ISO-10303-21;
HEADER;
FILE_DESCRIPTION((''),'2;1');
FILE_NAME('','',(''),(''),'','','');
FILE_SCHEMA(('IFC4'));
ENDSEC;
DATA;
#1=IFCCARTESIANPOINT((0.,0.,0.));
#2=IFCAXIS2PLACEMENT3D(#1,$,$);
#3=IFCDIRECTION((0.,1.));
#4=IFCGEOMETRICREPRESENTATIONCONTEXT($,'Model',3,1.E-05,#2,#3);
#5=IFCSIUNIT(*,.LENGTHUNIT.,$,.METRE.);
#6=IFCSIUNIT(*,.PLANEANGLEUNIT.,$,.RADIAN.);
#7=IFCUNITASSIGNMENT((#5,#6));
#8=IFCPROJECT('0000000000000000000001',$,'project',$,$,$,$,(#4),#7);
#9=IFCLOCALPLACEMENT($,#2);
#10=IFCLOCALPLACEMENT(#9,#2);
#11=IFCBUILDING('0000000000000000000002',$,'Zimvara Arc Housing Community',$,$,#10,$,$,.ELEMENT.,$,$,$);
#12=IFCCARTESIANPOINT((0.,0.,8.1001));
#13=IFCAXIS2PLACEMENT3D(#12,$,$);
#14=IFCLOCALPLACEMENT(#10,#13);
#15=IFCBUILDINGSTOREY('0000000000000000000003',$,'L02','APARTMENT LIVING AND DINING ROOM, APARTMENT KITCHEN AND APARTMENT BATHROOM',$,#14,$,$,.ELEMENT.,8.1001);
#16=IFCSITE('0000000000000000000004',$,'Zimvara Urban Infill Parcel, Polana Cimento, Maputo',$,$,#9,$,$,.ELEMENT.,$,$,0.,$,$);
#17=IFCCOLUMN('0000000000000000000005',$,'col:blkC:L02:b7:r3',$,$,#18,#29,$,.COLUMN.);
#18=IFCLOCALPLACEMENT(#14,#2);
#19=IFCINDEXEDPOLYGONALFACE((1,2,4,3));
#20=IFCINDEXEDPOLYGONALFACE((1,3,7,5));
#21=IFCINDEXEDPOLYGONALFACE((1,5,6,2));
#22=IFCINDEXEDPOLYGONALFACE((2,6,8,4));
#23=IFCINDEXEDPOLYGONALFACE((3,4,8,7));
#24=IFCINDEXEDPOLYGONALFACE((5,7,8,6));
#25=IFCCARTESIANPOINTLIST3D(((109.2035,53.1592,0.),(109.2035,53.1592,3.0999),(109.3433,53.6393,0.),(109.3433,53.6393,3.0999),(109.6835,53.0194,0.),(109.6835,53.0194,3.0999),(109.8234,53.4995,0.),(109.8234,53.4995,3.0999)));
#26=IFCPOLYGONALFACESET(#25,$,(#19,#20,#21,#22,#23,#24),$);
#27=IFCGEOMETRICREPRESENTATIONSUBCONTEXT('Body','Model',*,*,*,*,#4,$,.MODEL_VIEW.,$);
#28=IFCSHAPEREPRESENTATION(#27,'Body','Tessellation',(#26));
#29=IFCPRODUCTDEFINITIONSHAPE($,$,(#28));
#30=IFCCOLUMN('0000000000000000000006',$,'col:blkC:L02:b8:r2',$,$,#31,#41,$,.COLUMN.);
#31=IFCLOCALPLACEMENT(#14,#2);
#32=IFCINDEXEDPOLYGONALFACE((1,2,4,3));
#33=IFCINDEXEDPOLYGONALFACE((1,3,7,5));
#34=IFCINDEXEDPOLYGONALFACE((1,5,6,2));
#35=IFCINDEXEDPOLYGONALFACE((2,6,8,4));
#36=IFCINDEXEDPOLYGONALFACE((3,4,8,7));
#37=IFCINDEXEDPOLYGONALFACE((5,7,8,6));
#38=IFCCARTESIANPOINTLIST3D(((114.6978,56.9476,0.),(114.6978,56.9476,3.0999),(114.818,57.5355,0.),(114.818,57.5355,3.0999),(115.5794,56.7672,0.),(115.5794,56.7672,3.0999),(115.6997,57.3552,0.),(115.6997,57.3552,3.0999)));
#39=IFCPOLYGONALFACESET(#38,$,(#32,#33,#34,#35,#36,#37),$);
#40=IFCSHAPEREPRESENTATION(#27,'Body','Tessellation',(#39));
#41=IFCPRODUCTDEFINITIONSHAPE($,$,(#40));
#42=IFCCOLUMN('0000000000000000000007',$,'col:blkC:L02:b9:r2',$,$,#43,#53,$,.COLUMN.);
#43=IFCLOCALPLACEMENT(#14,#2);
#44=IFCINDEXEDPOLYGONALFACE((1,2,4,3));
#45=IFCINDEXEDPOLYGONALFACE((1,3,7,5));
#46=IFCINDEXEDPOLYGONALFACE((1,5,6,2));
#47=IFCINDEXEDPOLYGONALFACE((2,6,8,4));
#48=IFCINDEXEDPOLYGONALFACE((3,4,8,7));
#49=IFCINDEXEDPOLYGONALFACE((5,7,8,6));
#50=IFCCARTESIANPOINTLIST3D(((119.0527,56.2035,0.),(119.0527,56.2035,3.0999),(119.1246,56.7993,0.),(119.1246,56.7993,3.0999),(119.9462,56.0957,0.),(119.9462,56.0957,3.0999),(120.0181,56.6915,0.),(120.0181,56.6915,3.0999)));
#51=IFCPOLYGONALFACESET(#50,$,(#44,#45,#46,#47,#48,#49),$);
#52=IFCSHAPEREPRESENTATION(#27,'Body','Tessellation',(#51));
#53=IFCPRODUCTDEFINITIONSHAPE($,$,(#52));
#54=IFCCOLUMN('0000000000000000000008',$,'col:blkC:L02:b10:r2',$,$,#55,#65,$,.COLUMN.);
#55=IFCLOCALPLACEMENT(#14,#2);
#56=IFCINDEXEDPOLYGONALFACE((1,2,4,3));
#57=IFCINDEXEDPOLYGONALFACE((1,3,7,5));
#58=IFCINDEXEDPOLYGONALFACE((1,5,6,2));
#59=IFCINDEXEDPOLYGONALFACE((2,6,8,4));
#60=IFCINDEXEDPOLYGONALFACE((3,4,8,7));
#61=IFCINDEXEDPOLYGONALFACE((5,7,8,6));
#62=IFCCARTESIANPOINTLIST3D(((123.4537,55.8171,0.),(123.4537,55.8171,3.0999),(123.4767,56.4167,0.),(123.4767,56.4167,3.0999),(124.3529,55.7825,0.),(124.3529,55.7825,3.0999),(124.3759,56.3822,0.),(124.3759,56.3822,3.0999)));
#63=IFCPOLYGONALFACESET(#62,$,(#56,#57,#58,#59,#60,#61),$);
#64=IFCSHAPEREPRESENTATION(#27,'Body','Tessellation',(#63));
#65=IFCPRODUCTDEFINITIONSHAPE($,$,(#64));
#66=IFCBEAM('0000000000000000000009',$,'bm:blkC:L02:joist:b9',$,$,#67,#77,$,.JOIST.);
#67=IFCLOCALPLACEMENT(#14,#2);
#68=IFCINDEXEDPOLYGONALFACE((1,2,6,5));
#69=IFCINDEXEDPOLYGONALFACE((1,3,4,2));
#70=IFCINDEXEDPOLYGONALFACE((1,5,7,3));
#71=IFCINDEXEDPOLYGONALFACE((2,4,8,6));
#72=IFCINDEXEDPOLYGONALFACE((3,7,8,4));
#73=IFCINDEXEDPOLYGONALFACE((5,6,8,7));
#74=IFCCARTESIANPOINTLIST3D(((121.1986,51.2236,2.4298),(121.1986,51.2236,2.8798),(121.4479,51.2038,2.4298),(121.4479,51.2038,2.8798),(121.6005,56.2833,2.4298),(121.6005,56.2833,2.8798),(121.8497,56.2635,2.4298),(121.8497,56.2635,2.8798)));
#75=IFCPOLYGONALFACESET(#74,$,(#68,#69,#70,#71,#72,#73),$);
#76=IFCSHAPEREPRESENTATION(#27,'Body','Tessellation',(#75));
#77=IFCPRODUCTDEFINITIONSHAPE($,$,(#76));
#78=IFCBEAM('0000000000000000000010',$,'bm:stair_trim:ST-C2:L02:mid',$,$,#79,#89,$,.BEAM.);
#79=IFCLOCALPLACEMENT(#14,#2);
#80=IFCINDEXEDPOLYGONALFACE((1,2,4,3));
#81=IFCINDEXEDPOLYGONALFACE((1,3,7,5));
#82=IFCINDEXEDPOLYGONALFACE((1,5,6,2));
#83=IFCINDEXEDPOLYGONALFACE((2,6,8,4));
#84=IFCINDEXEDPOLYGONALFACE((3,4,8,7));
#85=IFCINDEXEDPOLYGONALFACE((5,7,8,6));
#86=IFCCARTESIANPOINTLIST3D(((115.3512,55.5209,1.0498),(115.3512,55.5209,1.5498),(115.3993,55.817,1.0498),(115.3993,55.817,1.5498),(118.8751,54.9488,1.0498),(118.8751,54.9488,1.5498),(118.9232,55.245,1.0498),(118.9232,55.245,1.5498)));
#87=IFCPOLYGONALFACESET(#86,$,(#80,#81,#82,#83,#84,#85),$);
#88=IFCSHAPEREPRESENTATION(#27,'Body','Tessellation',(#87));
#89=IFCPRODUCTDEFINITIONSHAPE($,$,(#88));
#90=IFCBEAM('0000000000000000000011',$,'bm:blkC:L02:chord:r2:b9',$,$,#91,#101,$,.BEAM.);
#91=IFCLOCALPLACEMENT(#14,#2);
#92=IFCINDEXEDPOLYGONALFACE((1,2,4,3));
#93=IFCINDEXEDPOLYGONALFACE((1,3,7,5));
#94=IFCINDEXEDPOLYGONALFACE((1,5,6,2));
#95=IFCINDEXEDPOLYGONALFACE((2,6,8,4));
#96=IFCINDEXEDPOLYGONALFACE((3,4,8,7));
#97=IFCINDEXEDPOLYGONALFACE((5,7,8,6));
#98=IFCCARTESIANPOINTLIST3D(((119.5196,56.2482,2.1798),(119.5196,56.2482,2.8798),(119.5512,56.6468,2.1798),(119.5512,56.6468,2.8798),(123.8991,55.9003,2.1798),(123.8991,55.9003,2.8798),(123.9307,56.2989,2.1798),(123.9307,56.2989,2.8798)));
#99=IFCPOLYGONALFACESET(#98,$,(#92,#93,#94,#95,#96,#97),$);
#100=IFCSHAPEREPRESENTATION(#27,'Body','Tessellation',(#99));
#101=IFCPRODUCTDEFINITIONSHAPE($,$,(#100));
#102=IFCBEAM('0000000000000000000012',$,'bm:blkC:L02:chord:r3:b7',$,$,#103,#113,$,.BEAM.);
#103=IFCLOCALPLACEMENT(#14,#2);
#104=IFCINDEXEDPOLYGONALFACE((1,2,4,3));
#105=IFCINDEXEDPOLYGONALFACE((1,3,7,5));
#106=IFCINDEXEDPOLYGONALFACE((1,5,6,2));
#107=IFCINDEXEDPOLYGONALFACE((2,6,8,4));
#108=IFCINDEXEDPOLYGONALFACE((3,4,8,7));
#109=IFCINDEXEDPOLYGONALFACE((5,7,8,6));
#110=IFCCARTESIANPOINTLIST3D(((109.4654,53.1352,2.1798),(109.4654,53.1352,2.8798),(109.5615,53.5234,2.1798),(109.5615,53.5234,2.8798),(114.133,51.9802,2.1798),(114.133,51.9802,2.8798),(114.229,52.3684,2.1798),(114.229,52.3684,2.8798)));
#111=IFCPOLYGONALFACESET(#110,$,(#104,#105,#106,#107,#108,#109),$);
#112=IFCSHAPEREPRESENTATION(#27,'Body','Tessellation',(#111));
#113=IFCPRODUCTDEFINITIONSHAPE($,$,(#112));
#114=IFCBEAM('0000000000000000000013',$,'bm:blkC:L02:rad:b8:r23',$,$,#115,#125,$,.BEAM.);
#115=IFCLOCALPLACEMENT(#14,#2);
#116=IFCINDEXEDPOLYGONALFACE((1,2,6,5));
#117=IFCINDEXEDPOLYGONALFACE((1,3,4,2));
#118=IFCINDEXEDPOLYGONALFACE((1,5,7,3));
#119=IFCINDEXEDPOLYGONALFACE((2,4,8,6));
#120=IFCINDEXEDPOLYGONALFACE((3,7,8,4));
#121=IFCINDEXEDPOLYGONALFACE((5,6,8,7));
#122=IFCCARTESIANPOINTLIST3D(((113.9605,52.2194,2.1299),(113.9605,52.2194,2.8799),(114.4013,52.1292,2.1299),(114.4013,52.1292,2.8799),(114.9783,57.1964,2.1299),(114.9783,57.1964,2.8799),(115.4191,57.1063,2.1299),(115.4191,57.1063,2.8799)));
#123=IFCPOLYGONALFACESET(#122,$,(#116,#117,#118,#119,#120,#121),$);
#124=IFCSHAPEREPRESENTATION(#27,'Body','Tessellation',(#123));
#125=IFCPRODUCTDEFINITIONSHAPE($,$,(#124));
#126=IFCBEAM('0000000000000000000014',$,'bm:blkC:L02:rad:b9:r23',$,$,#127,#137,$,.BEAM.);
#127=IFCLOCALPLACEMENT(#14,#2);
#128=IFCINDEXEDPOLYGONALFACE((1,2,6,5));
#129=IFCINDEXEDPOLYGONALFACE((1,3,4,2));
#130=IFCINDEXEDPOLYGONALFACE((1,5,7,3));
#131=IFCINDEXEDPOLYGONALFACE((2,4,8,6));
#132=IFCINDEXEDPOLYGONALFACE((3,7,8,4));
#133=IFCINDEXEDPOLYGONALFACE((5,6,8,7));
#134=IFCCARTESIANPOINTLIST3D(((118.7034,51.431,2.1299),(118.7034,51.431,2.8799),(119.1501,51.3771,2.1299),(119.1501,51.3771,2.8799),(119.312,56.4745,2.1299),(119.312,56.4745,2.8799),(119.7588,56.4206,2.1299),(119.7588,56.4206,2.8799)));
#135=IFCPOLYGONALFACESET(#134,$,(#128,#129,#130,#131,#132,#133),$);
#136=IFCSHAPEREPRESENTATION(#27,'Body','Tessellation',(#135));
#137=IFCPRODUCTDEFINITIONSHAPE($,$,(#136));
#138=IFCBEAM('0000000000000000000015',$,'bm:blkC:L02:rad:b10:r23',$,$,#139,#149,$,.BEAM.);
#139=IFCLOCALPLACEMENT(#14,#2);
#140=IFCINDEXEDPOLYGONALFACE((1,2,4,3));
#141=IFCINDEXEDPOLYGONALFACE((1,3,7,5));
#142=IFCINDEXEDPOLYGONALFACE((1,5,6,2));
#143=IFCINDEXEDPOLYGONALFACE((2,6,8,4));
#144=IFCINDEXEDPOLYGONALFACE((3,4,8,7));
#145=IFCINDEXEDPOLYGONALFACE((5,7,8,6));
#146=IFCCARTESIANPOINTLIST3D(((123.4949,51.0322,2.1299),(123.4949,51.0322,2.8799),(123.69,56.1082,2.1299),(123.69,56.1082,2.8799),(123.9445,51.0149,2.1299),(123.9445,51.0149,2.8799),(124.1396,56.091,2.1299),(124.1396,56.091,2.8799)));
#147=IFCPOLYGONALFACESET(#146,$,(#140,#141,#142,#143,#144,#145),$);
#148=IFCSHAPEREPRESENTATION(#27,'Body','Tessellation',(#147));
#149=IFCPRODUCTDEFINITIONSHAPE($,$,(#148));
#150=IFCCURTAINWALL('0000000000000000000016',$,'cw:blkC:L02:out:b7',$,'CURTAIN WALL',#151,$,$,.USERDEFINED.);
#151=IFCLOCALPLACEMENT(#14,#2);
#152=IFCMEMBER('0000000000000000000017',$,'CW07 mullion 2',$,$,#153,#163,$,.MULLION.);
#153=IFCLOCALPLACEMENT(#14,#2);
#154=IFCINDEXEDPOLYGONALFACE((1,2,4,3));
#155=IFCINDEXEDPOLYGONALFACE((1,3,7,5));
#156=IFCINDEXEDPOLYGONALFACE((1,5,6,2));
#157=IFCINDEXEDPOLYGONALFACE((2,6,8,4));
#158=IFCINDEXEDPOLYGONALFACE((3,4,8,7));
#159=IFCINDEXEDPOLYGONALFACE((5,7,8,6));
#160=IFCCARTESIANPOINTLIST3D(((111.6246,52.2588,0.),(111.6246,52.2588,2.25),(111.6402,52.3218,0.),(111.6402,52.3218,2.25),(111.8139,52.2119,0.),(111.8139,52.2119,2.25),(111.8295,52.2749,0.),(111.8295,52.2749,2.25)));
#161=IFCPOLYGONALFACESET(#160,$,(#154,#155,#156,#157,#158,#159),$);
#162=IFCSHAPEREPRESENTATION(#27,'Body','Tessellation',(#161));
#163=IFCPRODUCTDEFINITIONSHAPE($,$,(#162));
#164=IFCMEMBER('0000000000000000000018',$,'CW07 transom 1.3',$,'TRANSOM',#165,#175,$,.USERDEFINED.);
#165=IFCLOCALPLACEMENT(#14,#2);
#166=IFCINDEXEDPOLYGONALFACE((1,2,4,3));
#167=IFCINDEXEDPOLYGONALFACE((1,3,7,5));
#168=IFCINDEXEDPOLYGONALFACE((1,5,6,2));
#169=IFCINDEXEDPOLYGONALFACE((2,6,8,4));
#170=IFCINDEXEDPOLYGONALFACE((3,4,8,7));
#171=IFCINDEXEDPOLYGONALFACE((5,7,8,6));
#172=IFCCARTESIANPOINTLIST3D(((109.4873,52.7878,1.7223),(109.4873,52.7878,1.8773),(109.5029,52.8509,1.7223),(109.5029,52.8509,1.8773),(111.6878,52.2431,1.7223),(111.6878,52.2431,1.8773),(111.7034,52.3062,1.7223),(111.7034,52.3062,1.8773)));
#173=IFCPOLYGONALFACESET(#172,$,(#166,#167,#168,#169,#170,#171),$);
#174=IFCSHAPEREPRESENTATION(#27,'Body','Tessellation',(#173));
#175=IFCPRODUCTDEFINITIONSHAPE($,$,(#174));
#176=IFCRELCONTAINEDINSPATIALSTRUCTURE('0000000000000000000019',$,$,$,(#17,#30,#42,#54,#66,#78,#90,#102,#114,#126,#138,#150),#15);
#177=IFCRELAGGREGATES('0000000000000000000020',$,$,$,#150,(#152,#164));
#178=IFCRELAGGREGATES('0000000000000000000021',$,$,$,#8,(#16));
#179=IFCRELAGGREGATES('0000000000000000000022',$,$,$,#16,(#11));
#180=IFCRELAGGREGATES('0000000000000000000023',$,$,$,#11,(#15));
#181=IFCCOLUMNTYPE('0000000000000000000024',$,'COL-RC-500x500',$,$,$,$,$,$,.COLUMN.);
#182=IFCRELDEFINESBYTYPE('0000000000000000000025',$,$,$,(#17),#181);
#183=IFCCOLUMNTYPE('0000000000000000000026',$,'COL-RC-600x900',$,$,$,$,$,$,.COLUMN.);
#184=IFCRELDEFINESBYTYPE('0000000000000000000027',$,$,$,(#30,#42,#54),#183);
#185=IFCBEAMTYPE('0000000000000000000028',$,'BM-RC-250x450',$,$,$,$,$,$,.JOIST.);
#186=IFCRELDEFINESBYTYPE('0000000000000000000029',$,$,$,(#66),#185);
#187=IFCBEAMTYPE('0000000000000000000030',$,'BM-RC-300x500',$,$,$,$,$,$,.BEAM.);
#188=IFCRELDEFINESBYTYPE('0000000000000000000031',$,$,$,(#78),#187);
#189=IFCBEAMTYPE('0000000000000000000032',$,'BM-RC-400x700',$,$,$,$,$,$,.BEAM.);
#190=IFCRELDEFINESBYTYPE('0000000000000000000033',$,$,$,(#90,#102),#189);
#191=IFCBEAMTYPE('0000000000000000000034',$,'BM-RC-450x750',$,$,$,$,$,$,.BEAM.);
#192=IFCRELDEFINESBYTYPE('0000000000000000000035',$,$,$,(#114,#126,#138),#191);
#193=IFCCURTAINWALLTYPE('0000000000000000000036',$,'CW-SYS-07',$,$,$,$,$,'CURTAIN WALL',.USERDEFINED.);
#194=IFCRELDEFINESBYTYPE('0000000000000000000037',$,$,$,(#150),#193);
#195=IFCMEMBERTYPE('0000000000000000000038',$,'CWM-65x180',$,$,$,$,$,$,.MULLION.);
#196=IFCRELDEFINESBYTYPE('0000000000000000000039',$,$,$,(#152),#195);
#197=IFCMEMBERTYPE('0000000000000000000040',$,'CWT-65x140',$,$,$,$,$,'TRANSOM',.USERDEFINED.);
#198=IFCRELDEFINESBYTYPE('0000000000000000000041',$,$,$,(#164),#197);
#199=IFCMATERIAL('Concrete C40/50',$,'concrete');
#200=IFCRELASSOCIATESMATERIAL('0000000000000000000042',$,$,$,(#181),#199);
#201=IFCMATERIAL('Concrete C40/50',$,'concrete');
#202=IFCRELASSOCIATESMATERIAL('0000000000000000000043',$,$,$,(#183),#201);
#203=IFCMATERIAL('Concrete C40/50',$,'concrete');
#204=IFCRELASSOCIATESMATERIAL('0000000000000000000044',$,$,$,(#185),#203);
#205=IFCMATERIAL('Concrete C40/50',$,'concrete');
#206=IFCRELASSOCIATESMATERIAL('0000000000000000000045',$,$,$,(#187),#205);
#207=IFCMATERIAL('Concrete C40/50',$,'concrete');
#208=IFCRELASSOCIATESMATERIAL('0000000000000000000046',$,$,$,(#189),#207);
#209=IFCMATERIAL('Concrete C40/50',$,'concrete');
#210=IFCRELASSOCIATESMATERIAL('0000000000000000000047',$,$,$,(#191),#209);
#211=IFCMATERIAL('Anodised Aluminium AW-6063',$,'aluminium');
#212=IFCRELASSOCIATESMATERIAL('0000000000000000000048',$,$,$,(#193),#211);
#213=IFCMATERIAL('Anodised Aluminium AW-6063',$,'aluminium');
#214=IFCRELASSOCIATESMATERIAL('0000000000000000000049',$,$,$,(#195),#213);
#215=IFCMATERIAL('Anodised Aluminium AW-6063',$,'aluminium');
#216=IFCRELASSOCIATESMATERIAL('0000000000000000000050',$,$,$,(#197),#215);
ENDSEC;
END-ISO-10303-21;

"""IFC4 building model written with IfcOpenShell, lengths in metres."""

from ifc_helpers import new_model, si_unit, direction, frame, origin, origin_2d, place, context, subcontext, project, spatial, rectangle, extrude, material, material_profile, profile_set, type_object, element, aggregate, save


model = new_model("IFC4")

# Units and contexts
model_context = context("Model", 3, precision=1e-05, world=origin(), true_north=direction((0.0, 1.0)))
body_context = subcontext(model_context, "Body", "Model", "MODEL_VIEW")
ifc_project = project(units=[si_unit("LENGTHUNIT", "METRE"), si_unit("PLANEANGLEUNIT", "RADIAN")], contexts=[model_context])

# Site, building, storey
site_placement = place(None, origin())
site = spatial("IfcSite", under=ifc_project, at=site_placement, Name="Zimvara Urban Infill Parcel, Polana Cimento, Maputo", CompositionType="ELEMENT", RefElevation=0.0)
building_placement = place(site_placement, origin())
building = spatial("IfcBuilding", under=site, at=building_placement, Name="Zimvara Arc Housing Community", CompositionType="ELEMENT")
storey_placement = place(building_placement, frame((0.0, 0.0, 8.1001)))
storey = spatial("IfcBuildingStorey", under=building, at=storey_placement, Name="L02", Description="APARTMENT LIVING AND DINING ROOM, APARTMENT KITCHEN AND APARTMENT BATHROOM", CompositionType="ELEMENT", Elevation=8.1001)

# Columns
ifc_material_1 = material(Name="Concrete C40/50", Category="concrete")
ifc_material_profile_1 = material_profile(ifc_material_1, rectangle(XDim=0.5, YDim=0.5, at=origin_2d()), Name="RC 500x500")
ifc_profile_set_1 = profile_set([ifc_material_profile_1], Name="Concrete C40/50")
column_type_1 = type_object("IfcColumnType", Name="COL-RC-500x500", PredefinedType="COLUMN", material=ifc_profile_set_1)
column_placement = place(storey_placement, frame((109.5134, 53.3293, 0.0), z_axis=(0.0, 0.0, 1.0), x_axis=(-0.279661, -0.960099, 0.0)))
element("IfcColumn", 1, at=column_placement, inside=storey, type_object=column_type_1, Name="col:blkC:L02:b7:r3", PredefinedType="COLUMN", context=body_context, shape_type="SweptSolid", body=[
    extrude(rectangle(XDim=0.5, YDim=0.5, at=origin_2d()), origin(), (0.0, 0.0, 1.0), 3.0999),
])
ifc_material_2 = material(Name="Concrete C40/50", Category="concrete")
ifc_material_profile_2 = material_profile(ifc_material_2, rectangle(XDim=0.6001, YDim=0.8999, at=origin_2d()), Name="RC 600x900")
ifc_profile_set_2 = profile_set([ifc_material_profile_2], Name="Concrete C40/50")
column_type_2 = type_object("IfcColumnType", Name="COL-RC-600x900", PredefinedType="COLUMN", material=ifc_profile_set_2)
for number, where, z_axis, x_axis, name in (
    (2, (115.1987, 57.1514, 0.0), (0.0, 0.0, 1.0), (-0.200394, -0.979715, 0.0), "col:blkC:L02:b8:r2"),
    (3, (119.5354, 56.4475, 0.0), (0.0, 0.0, 1.0), (-0.11979, -0.992799, 0.0), "col:blkC:L02:b9:r2"),
    (4, (123.9148, 56.0996, 0.0), (0.0, 0.0, 1.0), (-0.038388, -0.999263, 0.0), "col:blkC:L02:b10:r2"),
):
    element("IfcColumn", number, at=place(storey_placement, frame(where, z_axis=z_axis, x_axis=x_axis)), inside=storey, type_object=column_type_2, Name=name, PredefinedType="COLUMN", context=body_context, shape_type="SweptSolid", body=[
        extrude(rectangle(XDim=0.6001, YDim=0.8999, at=origin_2d()), origin(), (0.0, 0.0, 1.0), 3.0999),
    ])

# Beams
ifc_material_3 = material(Name="Concrete C40/50", Category="concrete")
ifc_material_profile_3 = material_profile(ifc_material_3, rectangle(XDim=0.25, YDim=0.45, at=origin_2d()), Name="RC 250x450")
ifc_profile_set_3 = profile_set([ifc_material_profile_3], Name="Concrete C40/50")
beam_type_1 = type_object("IfcBeamType", Name="BM-RC-250x450", PredefinedType="JOIST", material=ifc_profile_set_3)
beam_1_placement = place(storey_placement, frame((121.7251, 56.2734, 2.6548), z_axis=(-0.079172, -0.996861, 0.0), x_axis=(0.996861, -0.079172, 0.0)))
element("IfcBeam", 5, at=beam_1_placement, inside=storey, type_object=beam_type_1, Name="bm:blkC:L02:joist:b9", PredefinedType="JOIST", context=body_context, shape_type="SweptSolid", body=[
    extrude(rectangle(XDim=0.25, YDim=0.45, at=origin_2d()), origin(), (0.0, 0.0, 1.0), 5.0757),
])
ifc_material_4 = material(Name="Concrete C40/50", Category="concrete")
ifc_material_profile_4 = material_profile(ifc_material_4, rectangle(XDim=0.3, YDim=0.5, at=origin_2d()), Name="RC 300x500")
ifc_profile_set_4 = profile_set([ifc_material_profile_4], Name="Concrete C40/50")
beam_type_2 = type_object("IfcBeamType", Name="BM-RC-300x500", PredefinedType="BEAM", material=ifc_profile_set_4)
beam_2_placement = place(storey_placement, frame((115.3752, 55.6689, 1.2998), z_axis=(0.98708, -0.160228, 0.0), x_axis=(0.160228, 0.98708, 0.0)))
element("IfcBeam", 6, at=beam_2_placement, inside=storey, type_object=beam_type_2, Name="bm:stair_trim:ST-C2:L02:mid", PredefinedType="BEAM", context=body_context, shape_type="SweptSolid", body=[
    extrude(rectangle(XDim=0.3, YDim=0.5, at=origin_2d()), origin(), (0.0, 0.0, 1.0), 3.5701),
])
ifc_material_5 = material(Name="Concrete C40/50", Category="concrete")
ifc_material_profile_5 = material_profile(ifc_material_5, rectangle(XDim=0.3999, YDim=0.7, at=origin_2d()), Name="RC 400x700")
ifc_profile_set_5 = profile_set([ifc_material_profile_5], Name="Concrete C40/50")
beam_type_3 = type_object("IfcBeamType", Name="BM-RC-400x700", PredefinedType="BEAM", material=ifc_profile_set_5)
beam_3_placement = place(storey_placement, frame((119.5354, 56.4475, 2.5298), z_axis=(0.996859, -0.079191, 0.0), x_axis=(0.079191, 0.996859, 0.0)))
element("IfcBeam", 7, at=beam_3_placement, inside=storey, type_object=beam_type_3, Name="bm:blkC:L02:chord:r2:b9", PredefinedType="BEAM", context=body_context, shape_type="SweptSolid", body=[
    extrude(rectangle(XDim=0.3999, YDim=0.7, at=origin_2d()), origin(), (0.0, 0.0, 1.0), 4.3933),
])
beam_4_placement = place(storey_placement, frame((109.5134, 53.3293, 2.5298), z_axis=(0.970719, -0.240217, 0.0), x_axis=(0.240217, 0.970719, 0.0)))
element("IfcBeam", 8, at=beam_4_placement, inside=storey, type_object=beam_type_3, Name="bm:blkC:L02:chord:r3:b7", PredefinedType="BEAM", context=body_context, shape_type="SweptSolid", body=[
    extrude(rectangle(XDim=0.3999, YDim=0.7, at=origin_2d()), origin(), (0.0, 0.0, 1.0), 4.8083),
])
ifc_material_6 = material(Name="Concrete C40/50", Category="concrete")
ifc_material_profile_6 = material_profile(ifc_material_6, rectangle(XDim=0.45, YDim=0.75, at=origin_2d()), Name="RC 450x750")
ifc_profile_set_6 = profile_set([ifc_material_profile_6], Name="Concrete C40/50")
beam_type_4 = type_object("IfcBeamType", Name="BM-RC-450x750", PredefinedType="BEAM", material=ifc_profile_set_6)
for number, where, z_axis, x_axis, name in (
    (9, (115.1987, 57.1514, 2.5049), (-0.200356, -0.979723, 0.0), (0.979723, -0.200356, 0.0), "bm:blkC:L02:rad:b8:r23"),
    (10, (119.5354, 56.4475, 2.5049), (-0.11981, -0.992797, 0.0), (0.992797, -0.11981, 0.0), "bm:blkC:L02:rad:b9:r23"),
):
    element("IfcBeam", number, at=place(storey_placement, frame(where, z_axis=z_axis, x_axis=x_axis)), inside=storey, type_object=beam_type_4, Name=name, PredefinedType="BEAM", context=body_context, shape_type="SweptSolid", body=[
        extrude(rectangle(XDim=0.45, YDim=0.75, at=origin_2d()), origin(), (0.0, 0.0, 1.0), 5.0801),
    ])
beam_5_placement = place(storey_placement, frame((123.9148, 56.0996, 2.5049), z_axis=(-0.0384, -0.999262, 0.0), x_axis=(0.999262, -0.0384, 0.0)))
element("IfcBeam", 11, at=beam_5_placement, inside=storey, type_object=beam_type_4, Name="bm:blkC:L02:rad:b10:r23", PredefinedType="BEAM", context=body_context, shape_type="SweptSolid", body=[
    extrude(rectangle(XDim=0.45, YDim=0.75, at=origin_2d()), origin(), (0.0, 0.0, 1.0), 5.0798),
])

# Curtain wall, members
ifc_material_7 = material(Name="Anodised Aluminium AW-6063", Category="aluminium")
curtain_wall_type = type_object("IfcCurtainWallType", Name="CW-SYS-07", ElementType="CURTAIN WALL", PredefinedType="USERDEFINED", material=ifc_material_7)
curtain_wall_placement = place(storey_placement, origin())
curtain_wall = element("IfcCurtainWall", 12, at=curtain_wall_placement, inside=storey, type_object=curtain_wall_type, Name="cw:blkC:L02:out:b7", ObjectType="CURTAIN WALL", PredefinedType="USERDEFINED")
ifc_material_8 = material(Name="Anodised Aluminium AW-6063", Category="aluminium")
ifc_material_profile_7 = material_profile(ifc_material_8, rectangle(XDim=0.0649, YDim=0.1951, at=origin_2d()), Name="ALU 65x195")
ifc_profile_set_7 = profile_set([ifc_material_profile_7], Name="Anodised Aluminium AW-6063")
member_type_1 = type_object("IfcMemberType", Name="CWM-65x180", PredefinedType="MULLION", material=ifc_profile_set_7)
member_1_placement = place(storey_placement, frame((111.7271, 52.2668, 0.0), z_axis=(0.0, 0.0, 1.0), x_axis=(0.24023, 0.970716, 0.0)))
member_1 = element("IfcMember", 13, at=member_1_placement, type_object=member_type_1, Name="CW07 mullion 2", PredefinedType="MULLION", context=body_context, shape_type="SweptSolid", body=[
    extrude(rectangle(XDim=0.0649, YDim=0.1951, at=origin_2d()), origin(), (0.0, 0.0, 1.0), 2.25),
])
ifc_material_9 = material(Name="Anodised Aluminium AW-6063", Category="aluminium")
ifc_material_profile_8 = material_profile(ifc_material_9, rectangle(XDim=0.0649, YDim=0.155, at=origin_2d()), Name="ALU 65x155")
ifc_profile_set_8 = profile_set([ifc_material_profile_8], Name="Anodised Aluminium AW-6063")
member_type_2 = type_object("IfcMemberType", Name="CWT-65x140", ElementType="TRANSOM", PredefinedType="USERDEFINED", material=ifc_profile_set_8)
member_2_placement = place(storey_placement, frame((109.4951, 52.8193, 1.7998), z_axis=(0.970704, -0.24028, 0.0), x_axis=(0.24028, 0.970704, 0.0)))
member_2 = element("IfcMember", 14, at=member_2_placement, type_object=member_type_2, Name="CW07 transom 1.3", ObjectType="TRANSOM", PredefinedType="USERDEFINED", context=body_context, shape_type="SweptSolid", body=[
    extrude(rectangle(XDim=0.0649, YDim=0.155, at=origin_2d()), origin(), (0.0, 0.0, 1.0), 2.2668),
])
aggregate(curtain_wall, [member_1, member_2])

save(model, "model.ifc")
